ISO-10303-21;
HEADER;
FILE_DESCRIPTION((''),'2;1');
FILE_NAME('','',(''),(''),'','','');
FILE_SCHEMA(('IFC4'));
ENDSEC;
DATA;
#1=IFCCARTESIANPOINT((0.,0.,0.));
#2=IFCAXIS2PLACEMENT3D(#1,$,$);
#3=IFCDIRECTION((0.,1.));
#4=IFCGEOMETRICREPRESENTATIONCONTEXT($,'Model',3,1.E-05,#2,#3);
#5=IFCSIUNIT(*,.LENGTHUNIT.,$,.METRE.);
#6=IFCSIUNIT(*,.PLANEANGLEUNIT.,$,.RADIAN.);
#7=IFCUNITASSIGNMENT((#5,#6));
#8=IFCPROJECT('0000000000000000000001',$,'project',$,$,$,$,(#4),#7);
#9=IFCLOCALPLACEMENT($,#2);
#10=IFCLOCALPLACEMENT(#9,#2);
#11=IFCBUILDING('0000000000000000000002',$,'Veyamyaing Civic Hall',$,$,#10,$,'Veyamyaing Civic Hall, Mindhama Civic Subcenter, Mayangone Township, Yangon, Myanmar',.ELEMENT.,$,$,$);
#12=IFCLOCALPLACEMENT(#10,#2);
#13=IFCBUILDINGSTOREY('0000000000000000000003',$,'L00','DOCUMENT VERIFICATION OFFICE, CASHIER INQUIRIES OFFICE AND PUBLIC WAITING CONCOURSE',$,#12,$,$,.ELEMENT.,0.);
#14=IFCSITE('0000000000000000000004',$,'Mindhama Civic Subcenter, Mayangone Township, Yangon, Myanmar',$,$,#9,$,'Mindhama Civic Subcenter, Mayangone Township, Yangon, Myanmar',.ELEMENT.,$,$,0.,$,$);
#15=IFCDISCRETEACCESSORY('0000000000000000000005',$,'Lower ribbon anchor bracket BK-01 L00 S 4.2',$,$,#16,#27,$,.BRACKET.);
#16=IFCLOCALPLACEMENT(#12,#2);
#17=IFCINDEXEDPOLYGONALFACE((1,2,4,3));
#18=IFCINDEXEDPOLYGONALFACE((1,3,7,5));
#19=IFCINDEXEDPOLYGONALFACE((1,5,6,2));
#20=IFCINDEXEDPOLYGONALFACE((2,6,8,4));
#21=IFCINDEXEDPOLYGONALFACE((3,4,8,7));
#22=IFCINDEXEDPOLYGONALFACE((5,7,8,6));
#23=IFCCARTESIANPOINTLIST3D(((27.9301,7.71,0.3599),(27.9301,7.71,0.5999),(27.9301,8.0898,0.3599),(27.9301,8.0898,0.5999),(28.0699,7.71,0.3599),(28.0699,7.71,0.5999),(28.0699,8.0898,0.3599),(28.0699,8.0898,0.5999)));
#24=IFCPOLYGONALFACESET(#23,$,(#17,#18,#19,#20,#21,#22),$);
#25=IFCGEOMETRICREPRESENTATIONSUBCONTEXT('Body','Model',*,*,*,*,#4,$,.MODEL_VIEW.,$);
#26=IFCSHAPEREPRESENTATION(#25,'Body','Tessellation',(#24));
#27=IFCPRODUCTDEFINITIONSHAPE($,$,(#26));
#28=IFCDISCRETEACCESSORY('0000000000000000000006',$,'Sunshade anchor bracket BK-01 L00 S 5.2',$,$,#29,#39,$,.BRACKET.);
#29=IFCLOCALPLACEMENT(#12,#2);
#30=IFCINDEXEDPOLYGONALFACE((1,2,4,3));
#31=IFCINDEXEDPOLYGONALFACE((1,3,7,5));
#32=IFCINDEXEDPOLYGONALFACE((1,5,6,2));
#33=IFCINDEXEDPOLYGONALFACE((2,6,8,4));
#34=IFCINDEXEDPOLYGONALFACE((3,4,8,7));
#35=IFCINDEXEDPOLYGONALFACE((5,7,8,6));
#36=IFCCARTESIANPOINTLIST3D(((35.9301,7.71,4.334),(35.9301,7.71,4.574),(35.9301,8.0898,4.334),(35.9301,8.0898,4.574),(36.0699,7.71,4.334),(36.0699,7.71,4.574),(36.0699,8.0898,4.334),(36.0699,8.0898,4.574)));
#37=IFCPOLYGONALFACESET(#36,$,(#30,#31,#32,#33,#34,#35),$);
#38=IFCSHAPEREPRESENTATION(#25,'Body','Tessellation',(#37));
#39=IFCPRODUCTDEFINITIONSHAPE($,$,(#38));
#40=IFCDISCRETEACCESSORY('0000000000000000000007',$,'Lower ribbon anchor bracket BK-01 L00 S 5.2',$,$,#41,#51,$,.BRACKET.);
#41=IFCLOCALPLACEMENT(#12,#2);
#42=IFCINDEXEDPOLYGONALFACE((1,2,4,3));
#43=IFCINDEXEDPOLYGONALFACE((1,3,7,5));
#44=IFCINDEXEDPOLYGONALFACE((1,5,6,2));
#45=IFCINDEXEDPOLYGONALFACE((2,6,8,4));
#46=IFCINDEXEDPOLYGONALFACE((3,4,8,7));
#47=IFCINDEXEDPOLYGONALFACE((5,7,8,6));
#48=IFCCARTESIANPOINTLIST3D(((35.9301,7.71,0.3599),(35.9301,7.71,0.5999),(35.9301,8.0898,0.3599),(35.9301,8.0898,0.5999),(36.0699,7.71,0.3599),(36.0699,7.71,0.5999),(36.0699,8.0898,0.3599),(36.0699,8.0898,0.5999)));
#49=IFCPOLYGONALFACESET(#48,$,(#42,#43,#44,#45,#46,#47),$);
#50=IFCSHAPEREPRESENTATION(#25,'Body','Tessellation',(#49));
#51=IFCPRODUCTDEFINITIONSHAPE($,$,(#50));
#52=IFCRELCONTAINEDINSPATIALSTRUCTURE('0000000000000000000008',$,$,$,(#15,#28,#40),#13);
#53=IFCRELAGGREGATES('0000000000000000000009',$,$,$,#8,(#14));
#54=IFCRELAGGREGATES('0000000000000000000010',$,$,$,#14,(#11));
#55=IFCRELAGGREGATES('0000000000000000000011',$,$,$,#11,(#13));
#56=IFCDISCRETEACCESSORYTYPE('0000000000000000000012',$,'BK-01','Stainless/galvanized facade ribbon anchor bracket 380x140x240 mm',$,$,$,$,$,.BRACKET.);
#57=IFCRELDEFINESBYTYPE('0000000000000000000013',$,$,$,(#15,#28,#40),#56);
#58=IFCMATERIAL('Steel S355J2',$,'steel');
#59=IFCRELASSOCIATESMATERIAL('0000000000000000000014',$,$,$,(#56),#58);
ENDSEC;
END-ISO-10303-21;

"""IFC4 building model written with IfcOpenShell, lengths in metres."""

from ifc_helpers import new_model, si_unit, direction, frame, origin, origin_2d, place, context, subcontext, project, spatial, rectangle, extrude, material, type_object, element, save


model = new_model("IFC4")

# Units and contexts
model_context = context("Model", 3, precision=1e-05, world=origin(), true_north=direction((0.0, 1.0)))
body_context = subcontext(model_context, "Body", "Model", "MODEL_VIEW")
ifc_project = project(units=[si_unit("LENGTHUNIT", "METRE"), si_unit("PLANEANGLEUNIT", "RADIAN")], contexts=[model_context])

# Site, building, storey
site_placement = place(None, origin())
site = spatial("IfcSite", under=ifc_project, at=site_placement, Name="Mindhama Civic Subcenter, Mayangone Township, Yangon, Myanmar", LongName="Mindhama Civic Subcenter, Mayangone Township, Yangon, Myanmar", CompositionType="ELEMENT", RefElevation=0.0)
building_placement = place(site_placement, origin())
building = spatial("IfcBuilding", under=site, at=building_placement, Name="Veyamyaing Civic Hall", LongName="Veyamyaing Civic Hall, Mindhama Civic Subcenter, Mayangone Township, Yangon, Myanmar", CompositionType="ELEMENT")
storey_placement = place(building_placement, origin())
storey = spatial("IfcBuildingStorey", under=building, at=storey_placement, Name="L00", Description="DOCUMENT VERIFICATION OFFICE, CASHIER INQUIRIES OFFICE AND PUBLIC WAITING CONCOURSE", CompositionType="ELEMENT", Elevation=0.0)

# Discrete accessories
ifc_material_1 = material(Name="Steel S355J2", Category="steel")
discrete_accessory_type = type_object("IfcDiscreteAccessoryType", Name="BK-01", Description="Stainless/galvanized facade ribbon anchor bracket 380x140x240 mm", PredefinedType="BRACKET", material=ifc_material_1)
for number, where, z_axis, x_axis, name in (
    (1, (28.0, 7.8999, 0.3599), (0.0, 0.0, 1.0), (0.0, -1.0, 0.0), "Lower ribbon anchor bracket BK-01 L00 S 4.2"),
    (2, (36.0, 7.8999, 4.334), (0.0, 0.0, 1.0), (0.0, -1.0, 0.0), "Sunshade anchor bracket BK-01 L00 S 5.2"),
    (3, (36.0, 7.8999, 0.3599), (0.0, 0.0, 1.0), (0.0, -1.0, 0.0), "Lower ribbon anchor bracket BK-01 L00 S 5.2"),
):
    element("IfcDiscreteAccessory", number, at=place(storey_placement, frame(where, z_axis=z_axis, x_axis=x_axis)), inside=storey, type_object=discrete_accessory_type, Name=name, PredefinedType="BRACKET", context=body_context, shape_type="SweptSolid", body=[
        extrude(rectangle(XDim=0.3799, YDim=0.1399, at=origin_2d()), origin(), (0.0, 0.0, 1.0), 0.24),
    ])

save(model, "model.ifc")
